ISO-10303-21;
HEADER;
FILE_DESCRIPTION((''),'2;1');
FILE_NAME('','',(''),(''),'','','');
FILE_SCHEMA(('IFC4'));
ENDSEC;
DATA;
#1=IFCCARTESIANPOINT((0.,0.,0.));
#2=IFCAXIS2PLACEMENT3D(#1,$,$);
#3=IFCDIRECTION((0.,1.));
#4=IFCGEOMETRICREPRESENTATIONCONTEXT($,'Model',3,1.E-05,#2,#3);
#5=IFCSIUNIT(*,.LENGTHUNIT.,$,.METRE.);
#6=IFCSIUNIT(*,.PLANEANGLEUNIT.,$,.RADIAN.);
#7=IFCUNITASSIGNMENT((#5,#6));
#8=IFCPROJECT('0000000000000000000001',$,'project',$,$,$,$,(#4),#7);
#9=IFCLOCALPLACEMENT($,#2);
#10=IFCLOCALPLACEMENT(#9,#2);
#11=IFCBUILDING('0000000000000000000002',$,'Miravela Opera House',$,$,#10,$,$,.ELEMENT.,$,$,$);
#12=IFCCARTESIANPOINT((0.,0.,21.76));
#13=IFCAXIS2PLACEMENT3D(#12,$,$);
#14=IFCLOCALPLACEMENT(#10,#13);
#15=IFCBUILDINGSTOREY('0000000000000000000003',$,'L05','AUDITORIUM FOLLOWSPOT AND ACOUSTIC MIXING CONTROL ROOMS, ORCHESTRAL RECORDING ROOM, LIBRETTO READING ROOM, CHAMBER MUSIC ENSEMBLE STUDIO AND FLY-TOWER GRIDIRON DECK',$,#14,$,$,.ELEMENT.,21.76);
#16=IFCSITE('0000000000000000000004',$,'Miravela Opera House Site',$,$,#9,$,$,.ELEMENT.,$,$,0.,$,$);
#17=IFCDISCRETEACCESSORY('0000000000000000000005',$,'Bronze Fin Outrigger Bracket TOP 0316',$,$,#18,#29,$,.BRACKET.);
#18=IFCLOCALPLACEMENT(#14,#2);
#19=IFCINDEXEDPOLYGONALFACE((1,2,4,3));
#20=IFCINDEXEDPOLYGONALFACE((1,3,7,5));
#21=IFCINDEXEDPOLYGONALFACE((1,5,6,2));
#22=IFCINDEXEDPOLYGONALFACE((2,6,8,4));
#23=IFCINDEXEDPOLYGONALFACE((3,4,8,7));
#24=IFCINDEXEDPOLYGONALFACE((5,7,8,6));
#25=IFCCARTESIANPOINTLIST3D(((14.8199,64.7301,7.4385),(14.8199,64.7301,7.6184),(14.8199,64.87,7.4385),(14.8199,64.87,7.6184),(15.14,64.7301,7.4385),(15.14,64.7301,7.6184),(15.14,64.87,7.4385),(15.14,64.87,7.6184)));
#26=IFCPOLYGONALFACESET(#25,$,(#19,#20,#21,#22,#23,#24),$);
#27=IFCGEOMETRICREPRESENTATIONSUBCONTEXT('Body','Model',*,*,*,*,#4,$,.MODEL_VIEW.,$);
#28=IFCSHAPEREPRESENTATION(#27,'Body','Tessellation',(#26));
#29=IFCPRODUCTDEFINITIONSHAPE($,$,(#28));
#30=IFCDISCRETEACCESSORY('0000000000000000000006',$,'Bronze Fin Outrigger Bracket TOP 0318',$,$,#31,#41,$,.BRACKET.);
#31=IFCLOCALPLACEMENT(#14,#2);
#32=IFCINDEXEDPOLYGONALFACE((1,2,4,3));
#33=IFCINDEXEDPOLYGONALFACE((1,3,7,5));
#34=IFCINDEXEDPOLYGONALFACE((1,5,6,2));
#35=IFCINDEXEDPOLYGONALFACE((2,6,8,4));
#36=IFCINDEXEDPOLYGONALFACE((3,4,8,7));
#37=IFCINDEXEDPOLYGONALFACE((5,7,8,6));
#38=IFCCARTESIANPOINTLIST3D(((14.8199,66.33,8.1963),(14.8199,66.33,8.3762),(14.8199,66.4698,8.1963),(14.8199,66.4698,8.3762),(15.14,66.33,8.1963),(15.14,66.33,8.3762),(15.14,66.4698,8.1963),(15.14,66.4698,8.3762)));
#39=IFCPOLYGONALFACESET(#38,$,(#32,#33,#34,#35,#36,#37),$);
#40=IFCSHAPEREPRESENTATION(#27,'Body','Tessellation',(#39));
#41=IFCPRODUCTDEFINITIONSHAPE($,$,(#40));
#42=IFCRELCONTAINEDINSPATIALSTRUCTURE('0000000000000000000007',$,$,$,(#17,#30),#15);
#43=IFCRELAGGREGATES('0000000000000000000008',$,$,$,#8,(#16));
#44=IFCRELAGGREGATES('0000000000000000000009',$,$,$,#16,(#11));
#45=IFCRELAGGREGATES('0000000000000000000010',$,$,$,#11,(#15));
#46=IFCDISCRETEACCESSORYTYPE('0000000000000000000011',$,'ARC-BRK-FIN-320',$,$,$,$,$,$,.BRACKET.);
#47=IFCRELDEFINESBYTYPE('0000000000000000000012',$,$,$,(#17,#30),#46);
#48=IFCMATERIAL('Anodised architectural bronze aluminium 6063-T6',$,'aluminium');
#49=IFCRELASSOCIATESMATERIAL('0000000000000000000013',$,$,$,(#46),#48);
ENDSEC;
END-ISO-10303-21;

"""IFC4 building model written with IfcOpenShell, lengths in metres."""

from ifc_helpers import new_model, si_unit, direction, frame, origin, origin_2d, place, context, subcontext, project, spatial, rectangle, extrude, material, type_object, element, save


model = new_model("IFC4")

# Units and contexts
model_context = context("Model", 3, precision=1e-05, world=origin(), true_north=direction((0.0, 1.0)))
body_context = subcontext(model_context, "Body", "Model", "MODEL_VIEW")
ifc_project = project(units=[si_unit("LENGTHUNIT", "METRE"), si_unit("PLANEANGLEUNIT", "RADIAN")], contexts=[model_context])

# Site, building, storey
site_placement = place(None, origin())
site = spatial("IfcSite", under=ifc_project, at=site_placement, Name="Miravela Opera House Site", CompositionType="ELEMENT", RefElevation=0.0)
building_placement = place(site_placement, origin())
building = spatial("IfcBuilding", under=site, at=building_placement, Name="Miravela Opera House", CompositionType="ELEMENT")
storey_placement = place(building_placement, frame((0.0, 0.0, 21.76)))
storey = spatial("IfcBuildingStorey", under=building, at=storey_placement, Name="L05", Description="AUDITORIUM FOLLOWSPOT AND ACOUSTIC MIXING CONTROL ROOMS, ORCHESTRAL RECORDING ROOM, LIBRETTO READING ROOM, CHAMBER MUSIC ENSEMBLE STUDIO AND FLY-TOWER GRIDIRON DECK", CompositionType="ELEMENT", Elevation=21.76)

# Shared definitions
ifc_material_1 = material(Name="Anodised architectural bronze aluminium 6063-T6", Category="aluminium")

# Discrete accessories
discrete_accessory_type = type_object("IfcDiscreteAccessoryType", Name="ARC-BRK-FIN-320", PredefinedType="BRACKET", material=ifc_material_1)
for number, where, z_axis, x_axis, name in (
    (1, (14.98, 64.8, 7.4385), (0.0, 0.0, 1.0), (1.0, 0.0, 0.0), "Bronze Fin Outrigger Bracket TOP 0316"),
    (2, (14.98, 66.3999, 8.1963), (0.0, 0.0, 1.0), (1.0, 0.0, 0.0), "Bronze Fin Outrigger Bracket TOP 0318"),
):
    element("IfcDiscreteAccessory", number, at=place(storey_placement, frame(where, z_axis=z_axis, x_axis=x_axis)), inside=storey, type_object=discrete_accessory_type, Name=name, PredefinedType="BRACKET", context=body_context, shape_type="SweptSolid", body=[
        extrude(rectangle(XDim=0.3201, YDim=0.1399, at=origin_2d()), origin(), (0.0, 0.0, 1.0), 0.1799),
    ])

save(model, "model.ifc")
